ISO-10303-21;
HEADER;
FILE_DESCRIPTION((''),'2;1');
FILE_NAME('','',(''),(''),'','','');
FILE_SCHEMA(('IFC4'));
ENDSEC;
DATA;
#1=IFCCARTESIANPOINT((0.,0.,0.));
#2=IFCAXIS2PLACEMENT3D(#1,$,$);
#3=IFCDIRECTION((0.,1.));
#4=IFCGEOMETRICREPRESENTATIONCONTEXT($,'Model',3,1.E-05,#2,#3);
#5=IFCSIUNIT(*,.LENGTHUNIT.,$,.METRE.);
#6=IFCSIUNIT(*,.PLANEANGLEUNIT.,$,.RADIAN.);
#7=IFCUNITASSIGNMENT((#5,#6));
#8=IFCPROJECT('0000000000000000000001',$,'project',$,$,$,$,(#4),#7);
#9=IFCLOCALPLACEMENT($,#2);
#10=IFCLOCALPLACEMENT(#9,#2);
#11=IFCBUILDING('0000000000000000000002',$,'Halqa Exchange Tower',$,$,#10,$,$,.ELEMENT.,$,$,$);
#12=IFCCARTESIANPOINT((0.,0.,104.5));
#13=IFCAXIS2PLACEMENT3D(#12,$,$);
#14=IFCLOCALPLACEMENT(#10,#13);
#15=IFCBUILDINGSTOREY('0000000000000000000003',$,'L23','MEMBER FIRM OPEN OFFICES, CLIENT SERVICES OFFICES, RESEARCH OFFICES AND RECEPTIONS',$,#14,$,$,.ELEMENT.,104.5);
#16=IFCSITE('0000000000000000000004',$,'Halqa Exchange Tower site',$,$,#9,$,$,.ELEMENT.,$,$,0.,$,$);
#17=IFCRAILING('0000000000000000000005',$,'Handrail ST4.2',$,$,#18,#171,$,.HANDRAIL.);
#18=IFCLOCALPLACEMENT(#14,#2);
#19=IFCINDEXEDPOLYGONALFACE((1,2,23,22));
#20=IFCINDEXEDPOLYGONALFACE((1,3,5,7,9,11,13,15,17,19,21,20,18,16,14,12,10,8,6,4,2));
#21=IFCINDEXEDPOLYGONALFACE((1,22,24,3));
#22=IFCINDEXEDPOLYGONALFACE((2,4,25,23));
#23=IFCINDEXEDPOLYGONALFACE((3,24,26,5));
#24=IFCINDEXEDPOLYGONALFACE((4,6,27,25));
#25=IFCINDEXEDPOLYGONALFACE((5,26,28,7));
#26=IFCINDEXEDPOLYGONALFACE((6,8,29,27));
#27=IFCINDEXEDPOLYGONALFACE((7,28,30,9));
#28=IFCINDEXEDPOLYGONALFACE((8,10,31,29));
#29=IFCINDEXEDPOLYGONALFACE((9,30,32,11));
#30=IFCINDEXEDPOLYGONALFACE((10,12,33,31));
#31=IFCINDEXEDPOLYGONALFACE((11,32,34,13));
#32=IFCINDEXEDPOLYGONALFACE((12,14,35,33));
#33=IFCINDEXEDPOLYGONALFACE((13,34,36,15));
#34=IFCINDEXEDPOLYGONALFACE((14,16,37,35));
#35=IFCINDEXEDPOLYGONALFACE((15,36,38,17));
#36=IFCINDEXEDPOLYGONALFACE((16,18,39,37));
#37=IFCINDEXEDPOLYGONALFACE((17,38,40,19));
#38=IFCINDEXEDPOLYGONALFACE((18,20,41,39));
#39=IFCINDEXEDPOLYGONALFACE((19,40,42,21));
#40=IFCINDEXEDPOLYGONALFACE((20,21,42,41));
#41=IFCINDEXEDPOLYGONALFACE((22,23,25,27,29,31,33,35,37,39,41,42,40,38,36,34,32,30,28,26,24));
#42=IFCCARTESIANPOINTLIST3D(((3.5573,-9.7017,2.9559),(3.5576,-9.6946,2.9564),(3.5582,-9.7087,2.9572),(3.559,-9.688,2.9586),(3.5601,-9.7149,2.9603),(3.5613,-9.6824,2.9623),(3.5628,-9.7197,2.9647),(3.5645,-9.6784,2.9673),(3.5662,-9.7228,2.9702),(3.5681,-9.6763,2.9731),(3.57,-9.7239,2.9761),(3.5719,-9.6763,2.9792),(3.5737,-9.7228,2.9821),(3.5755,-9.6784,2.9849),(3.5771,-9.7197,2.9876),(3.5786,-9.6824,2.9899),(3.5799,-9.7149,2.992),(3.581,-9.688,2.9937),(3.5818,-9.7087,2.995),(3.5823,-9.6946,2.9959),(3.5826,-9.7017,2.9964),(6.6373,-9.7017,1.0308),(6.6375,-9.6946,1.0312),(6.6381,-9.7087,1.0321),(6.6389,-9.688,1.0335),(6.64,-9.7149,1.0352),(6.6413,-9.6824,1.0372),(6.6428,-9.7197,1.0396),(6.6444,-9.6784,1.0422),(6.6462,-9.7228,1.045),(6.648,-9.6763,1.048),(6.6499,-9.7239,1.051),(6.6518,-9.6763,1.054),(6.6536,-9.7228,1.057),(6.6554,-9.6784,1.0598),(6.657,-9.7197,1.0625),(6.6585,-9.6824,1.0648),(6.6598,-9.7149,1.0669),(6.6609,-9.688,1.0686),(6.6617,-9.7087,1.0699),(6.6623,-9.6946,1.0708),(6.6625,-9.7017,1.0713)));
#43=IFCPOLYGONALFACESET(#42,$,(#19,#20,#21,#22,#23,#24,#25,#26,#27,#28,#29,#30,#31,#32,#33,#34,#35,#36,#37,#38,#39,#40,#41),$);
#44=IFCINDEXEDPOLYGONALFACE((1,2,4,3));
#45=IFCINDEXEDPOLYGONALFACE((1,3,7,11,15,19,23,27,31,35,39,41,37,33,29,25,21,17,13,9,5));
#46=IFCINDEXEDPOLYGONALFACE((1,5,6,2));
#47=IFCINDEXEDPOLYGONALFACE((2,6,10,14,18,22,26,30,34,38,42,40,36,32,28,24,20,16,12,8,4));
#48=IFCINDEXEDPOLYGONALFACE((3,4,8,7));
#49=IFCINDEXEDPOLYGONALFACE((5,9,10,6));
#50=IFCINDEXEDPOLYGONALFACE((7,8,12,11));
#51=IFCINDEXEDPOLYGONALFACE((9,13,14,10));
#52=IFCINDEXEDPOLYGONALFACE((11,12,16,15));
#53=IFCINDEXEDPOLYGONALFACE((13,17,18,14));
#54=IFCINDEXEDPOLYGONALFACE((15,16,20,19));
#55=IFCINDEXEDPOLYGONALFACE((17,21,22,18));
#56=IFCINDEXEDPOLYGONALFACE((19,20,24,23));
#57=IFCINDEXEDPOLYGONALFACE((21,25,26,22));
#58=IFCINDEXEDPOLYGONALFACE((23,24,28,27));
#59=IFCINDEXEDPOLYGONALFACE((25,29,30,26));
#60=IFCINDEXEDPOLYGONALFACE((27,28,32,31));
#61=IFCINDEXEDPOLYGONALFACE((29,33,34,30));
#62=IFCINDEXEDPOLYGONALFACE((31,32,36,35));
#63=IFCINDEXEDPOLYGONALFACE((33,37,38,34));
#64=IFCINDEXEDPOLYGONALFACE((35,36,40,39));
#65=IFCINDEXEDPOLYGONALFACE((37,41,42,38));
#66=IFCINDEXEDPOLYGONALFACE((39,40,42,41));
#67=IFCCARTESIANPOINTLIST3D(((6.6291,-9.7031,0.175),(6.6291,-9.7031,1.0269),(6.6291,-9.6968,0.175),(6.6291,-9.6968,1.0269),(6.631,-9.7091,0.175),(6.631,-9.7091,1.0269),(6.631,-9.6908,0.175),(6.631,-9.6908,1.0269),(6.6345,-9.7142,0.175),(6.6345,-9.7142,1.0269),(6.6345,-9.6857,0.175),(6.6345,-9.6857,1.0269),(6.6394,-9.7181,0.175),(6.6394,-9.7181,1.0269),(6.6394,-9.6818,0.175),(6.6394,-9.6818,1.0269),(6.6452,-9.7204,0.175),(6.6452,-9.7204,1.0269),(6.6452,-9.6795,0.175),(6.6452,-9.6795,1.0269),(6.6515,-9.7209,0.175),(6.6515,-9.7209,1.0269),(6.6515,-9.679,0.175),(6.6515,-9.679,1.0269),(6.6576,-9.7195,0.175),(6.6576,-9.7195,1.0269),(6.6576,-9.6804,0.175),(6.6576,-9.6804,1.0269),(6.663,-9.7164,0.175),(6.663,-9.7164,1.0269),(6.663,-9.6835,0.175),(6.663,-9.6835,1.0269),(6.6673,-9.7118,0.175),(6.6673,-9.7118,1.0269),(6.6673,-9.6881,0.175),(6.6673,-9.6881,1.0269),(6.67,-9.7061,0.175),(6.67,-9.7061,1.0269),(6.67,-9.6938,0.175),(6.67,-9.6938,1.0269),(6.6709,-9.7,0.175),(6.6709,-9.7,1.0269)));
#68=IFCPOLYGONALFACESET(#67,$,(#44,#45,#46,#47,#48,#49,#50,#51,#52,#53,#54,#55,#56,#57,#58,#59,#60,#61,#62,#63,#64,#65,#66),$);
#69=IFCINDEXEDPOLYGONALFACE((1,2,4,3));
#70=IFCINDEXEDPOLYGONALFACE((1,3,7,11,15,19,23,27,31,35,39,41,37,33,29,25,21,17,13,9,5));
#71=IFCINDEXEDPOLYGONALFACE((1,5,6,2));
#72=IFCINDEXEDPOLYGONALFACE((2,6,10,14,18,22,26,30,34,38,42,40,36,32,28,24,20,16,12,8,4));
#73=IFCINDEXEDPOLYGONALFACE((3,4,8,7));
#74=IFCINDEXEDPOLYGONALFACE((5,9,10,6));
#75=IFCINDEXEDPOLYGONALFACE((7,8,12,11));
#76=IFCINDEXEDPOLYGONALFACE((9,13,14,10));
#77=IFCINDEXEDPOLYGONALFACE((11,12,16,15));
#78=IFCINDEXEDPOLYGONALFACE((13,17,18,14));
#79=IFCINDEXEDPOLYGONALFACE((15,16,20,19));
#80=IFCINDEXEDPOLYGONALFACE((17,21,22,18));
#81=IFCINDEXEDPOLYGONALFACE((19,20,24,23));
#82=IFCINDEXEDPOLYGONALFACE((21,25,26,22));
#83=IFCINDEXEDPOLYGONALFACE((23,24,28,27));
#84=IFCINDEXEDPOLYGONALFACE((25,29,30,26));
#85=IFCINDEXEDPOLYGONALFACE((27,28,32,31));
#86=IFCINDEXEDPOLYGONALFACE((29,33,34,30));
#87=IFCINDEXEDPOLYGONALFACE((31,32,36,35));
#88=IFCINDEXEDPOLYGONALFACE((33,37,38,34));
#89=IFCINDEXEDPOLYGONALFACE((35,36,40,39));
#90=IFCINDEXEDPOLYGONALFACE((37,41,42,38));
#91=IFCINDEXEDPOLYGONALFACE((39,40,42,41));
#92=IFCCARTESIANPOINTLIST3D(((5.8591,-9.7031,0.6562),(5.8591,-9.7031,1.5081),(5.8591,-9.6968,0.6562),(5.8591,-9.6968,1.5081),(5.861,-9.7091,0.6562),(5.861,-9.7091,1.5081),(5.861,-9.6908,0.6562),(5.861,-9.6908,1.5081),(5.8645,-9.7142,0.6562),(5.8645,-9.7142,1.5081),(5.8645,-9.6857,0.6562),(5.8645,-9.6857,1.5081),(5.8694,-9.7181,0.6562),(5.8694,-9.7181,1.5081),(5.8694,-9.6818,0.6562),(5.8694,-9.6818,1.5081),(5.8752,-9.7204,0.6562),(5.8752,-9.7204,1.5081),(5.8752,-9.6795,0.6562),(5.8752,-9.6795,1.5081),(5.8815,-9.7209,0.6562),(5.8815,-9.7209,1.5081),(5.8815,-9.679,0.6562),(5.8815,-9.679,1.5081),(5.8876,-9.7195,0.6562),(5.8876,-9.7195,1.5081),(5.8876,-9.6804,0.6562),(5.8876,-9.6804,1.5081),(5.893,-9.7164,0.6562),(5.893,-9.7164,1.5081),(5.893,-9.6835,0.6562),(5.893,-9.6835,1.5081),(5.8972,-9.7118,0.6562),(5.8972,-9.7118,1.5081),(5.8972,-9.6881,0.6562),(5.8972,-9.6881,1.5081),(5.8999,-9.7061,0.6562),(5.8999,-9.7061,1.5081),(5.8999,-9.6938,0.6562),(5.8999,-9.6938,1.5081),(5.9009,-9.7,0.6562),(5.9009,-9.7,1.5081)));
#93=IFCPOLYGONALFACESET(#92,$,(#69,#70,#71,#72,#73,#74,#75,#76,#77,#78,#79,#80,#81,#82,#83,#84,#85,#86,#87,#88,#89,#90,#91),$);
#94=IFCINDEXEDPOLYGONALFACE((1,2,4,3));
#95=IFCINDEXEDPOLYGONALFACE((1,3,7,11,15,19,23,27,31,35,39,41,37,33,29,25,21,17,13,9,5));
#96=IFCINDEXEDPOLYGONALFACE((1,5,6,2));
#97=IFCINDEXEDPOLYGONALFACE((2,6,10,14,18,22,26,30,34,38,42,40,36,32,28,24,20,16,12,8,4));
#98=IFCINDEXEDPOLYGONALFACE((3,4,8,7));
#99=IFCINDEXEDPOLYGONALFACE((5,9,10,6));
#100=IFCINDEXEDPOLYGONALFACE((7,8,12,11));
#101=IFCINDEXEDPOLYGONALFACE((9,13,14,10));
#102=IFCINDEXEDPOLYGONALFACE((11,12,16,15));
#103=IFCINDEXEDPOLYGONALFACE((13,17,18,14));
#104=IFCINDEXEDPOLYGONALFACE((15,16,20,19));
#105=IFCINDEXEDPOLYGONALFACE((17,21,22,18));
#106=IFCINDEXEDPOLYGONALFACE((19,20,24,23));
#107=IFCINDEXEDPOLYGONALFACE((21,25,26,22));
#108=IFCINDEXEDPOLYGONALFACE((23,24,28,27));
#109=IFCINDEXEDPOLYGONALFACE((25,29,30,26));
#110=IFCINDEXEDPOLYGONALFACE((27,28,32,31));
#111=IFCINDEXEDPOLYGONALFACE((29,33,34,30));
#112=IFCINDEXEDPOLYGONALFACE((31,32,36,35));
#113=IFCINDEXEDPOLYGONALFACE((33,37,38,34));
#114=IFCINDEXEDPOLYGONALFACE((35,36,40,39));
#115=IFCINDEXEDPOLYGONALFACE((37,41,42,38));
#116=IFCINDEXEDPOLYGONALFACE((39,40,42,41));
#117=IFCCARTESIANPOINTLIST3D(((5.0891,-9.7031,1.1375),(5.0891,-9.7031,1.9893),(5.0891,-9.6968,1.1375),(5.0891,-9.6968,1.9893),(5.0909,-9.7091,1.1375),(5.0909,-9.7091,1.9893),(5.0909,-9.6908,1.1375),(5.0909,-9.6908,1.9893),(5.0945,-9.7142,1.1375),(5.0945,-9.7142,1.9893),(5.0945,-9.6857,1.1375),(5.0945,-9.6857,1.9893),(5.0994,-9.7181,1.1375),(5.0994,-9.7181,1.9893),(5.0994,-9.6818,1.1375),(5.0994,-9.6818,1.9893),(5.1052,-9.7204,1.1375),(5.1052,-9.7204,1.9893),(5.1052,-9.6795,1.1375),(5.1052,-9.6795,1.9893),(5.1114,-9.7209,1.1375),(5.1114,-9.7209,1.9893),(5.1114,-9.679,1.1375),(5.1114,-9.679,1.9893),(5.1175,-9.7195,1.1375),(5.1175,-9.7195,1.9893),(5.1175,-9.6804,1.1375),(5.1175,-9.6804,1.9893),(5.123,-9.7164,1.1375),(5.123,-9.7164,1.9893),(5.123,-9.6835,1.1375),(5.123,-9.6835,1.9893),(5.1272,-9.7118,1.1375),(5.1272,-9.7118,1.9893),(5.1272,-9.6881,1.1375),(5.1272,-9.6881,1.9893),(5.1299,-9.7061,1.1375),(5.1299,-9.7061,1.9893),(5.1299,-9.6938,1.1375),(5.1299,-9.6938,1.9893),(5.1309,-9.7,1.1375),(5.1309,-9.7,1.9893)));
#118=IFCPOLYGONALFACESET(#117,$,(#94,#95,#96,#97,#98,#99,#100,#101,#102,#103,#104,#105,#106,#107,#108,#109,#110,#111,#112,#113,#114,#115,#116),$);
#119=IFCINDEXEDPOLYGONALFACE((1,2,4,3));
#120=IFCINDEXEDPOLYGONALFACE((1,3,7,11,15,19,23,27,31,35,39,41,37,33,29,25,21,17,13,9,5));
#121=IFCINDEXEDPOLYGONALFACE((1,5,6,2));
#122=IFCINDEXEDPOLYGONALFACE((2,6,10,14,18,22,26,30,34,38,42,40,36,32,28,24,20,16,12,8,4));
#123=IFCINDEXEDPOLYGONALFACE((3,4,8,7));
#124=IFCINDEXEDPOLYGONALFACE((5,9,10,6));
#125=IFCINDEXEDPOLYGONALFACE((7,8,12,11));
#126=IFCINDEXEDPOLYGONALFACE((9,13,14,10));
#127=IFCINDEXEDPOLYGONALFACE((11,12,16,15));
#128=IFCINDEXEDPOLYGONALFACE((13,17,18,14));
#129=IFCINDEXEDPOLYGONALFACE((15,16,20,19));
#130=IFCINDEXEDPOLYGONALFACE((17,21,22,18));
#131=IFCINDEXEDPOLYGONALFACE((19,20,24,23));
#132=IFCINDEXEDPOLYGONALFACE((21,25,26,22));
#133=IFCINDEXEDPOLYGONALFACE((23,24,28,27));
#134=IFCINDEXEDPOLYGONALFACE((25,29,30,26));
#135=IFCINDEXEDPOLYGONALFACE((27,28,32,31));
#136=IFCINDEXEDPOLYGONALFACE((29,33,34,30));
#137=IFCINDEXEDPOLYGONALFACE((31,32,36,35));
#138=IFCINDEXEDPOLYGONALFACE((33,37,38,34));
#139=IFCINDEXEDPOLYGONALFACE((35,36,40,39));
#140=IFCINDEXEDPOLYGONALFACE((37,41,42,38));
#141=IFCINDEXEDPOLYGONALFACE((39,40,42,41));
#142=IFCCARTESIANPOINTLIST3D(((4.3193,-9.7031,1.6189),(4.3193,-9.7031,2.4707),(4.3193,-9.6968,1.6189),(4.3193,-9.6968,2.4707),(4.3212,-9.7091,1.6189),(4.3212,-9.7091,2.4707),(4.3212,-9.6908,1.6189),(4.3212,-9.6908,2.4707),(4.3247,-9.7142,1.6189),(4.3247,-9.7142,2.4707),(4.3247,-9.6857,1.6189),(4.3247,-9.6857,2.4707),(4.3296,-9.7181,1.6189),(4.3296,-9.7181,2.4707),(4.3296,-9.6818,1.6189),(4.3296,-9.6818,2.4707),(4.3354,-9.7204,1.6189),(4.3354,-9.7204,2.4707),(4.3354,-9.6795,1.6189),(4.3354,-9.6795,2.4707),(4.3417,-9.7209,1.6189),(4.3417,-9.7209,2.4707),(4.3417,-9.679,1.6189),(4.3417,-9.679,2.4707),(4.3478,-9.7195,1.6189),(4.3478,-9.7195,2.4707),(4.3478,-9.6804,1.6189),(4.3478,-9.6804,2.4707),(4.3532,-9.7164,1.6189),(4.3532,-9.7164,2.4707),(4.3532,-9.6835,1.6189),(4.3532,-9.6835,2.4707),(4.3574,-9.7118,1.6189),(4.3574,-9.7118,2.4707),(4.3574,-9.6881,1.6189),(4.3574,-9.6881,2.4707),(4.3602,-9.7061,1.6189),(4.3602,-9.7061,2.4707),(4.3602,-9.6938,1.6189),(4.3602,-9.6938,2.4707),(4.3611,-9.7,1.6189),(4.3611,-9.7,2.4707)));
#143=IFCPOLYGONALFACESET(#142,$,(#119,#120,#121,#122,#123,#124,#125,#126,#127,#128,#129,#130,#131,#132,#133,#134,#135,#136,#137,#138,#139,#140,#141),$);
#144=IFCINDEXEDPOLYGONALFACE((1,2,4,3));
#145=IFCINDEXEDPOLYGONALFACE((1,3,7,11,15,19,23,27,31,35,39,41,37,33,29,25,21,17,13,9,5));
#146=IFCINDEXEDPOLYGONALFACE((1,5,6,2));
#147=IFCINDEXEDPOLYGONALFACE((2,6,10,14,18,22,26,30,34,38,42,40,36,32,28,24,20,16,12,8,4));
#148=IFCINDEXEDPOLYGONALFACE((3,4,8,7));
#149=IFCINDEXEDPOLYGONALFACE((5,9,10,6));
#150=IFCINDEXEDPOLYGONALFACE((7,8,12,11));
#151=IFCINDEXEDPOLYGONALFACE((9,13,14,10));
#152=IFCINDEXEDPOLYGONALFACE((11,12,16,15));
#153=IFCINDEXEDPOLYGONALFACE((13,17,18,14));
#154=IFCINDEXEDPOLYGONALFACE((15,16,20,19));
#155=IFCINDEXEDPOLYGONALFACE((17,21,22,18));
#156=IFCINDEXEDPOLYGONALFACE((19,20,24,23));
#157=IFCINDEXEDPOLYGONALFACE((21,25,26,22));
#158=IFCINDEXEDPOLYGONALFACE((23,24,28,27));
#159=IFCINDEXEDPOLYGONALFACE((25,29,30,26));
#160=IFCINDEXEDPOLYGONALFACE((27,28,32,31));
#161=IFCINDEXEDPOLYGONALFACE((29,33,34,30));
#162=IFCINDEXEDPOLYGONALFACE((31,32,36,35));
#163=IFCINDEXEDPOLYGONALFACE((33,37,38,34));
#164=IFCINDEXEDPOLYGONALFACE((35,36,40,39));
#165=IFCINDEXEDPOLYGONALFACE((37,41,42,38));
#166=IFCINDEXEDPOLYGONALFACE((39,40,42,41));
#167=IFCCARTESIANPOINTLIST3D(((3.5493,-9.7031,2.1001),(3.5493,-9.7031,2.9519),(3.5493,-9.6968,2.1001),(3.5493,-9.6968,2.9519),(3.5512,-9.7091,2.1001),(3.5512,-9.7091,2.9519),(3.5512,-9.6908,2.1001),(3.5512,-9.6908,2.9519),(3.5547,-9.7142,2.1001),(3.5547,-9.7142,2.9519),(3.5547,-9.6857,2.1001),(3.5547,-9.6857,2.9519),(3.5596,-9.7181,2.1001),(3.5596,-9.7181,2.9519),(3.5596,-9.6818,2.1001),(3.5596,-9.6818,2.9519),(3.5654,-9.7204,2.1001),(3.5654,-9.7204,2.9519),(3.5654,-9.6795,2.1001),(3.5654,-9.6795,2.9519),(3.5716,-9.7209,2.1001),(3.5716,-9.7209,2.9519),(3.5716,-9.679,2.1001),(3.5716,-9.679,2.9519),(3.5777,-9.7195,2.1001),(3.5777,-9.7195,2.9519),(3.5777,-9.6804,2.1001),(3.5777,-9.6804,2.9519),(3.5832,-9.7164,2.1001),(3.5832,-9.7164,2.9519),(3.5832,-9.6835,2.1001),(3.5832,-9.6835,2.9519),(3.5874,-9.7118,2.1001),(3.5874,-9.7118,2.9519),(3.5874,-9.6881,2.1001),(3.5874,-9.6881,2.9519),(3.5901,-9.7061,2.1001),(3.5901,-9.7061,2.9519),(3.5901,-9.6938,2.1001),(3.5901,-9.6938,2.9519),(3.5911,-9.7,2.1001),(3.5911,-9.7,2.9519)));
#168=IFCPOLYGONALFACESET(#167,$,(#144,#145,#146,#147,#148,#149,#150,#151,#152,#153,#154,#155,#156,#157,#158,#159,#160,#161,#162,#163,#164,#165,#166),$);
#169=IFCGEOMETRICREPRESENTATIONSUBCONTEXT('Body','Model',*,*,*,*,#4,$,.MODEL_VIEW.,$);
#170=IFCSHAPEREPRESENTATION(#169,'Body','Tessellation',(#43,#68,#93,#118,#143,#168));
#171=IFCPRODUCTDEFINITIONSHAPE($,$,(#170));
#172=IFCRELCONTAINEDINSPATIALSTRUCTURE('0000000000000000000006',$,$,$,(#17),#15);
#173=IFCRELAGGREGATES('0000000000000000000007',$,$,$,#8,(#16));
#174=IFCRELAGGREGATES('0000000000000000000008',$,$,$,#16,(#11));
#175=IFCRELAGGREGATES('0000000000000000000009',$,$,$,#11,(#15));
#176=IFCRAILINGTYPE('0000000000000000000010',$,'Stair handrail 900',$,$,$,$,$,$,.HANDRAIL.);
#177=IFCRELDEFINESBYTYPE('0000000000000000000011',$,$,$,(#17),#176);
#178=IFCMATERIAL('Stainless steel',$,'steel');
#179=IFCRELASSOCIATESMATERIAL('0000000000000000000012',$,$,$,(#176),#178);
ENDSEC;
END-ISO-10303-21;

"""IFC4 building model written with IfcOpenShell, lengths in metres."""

from ifc_helpers import new_model, si_unit, direction, frame, origin, origin_2d, place, context, subcontext, project, spatial, circle, extrude, material, type_object, element, save


model = new_model("IFC4")

# Units and contexts
model_context = context("Model", 3, precision=1e-05, world=origin(), true_north=direction((0.0, 1.0)))
body_context = subcontext(model_context, "Body", "Model", "MODEL_VIEW")
ifc_project = project(units=[si_unit("LENGTHUNIT", "METRE"), si_unit("PLANEANGLEUNIT", "RADIAN")], contexts=[model_context])

# Site, building, storey
site_placement = place(None, origin())
site = spatial("IfcSite", under=ifc_project, at=site_placement, Name="Halqa Exchange Tower site", CompositionType="ELEMENT", RefElevation=0.0)
building_placement = place(site_placement, origin())
building = spatial("IfcBuilding", under=site, at=building_placement, Name="Halqa Exchange Tower", CompositionType="ELEMENT")
storey_placement = place(building_placement, frame((0.0, 0.0, 104.5)))
storey = spatial("IfcBuildingStorey", under=building, at=storey_placement, Name="L23", Description="MEMBER FIRM OPEN OFFICES, CLIENT SERVICES OFFICES, RESEARCH OFFICES AND RECEPTIONS", CompositionType="ELEMENT", Elevation=104.5)

# Railing
ifc_material_1 = material(Name="Stainless steel", Category="steel")
railing_type_1 = type_object("IfcRailingType", Name="Stair handrail 900", PredefinedType="HANDRAIL", material=ifc_material_1)
railing_1_placement = place(storey_placement, frame((6.6499, -9.7, 0.175)))
element("IfcRailing", 1, at=railing_1_placement, inside=storey, type_object=railing_type_1, Name="Handrail ST4.2", PredefinedType="HANDRAIL", context=body_context, shape_type="SweptSolid", body=[
    extrude(circle(Radius=0.0239, at=origin_2d()), frame((0.0, 0.0, 0.876), z_axis=(-0.847979, 0.0, 0.530029), x_axis=(0.0, -1.0, 0.0)), (0.0, 0.0, 1.0), 3.6321),
    extrude(circle(Radius=0.021, at=origin_2d()), origin(), (0.0, 0.0, 1.0), 0.8518),
    extrude(circle(Radius=0.021, at=origin_2d()), frame((-0.77, 0.0, 0.4812)), (0.0, 0.0, 1.0), 0.8518),
    extrude(circle(Radius=0.021, at=origin_2d()), frame((-1.54, 0.0, 0.9624)), (0.0, 0.0, 1.0), 0.8518),
    extrude(circle(Radius=0.021, at=origin_2d()), frame((-2.3098, 0.0, 1.4438)), (0.0, 0.0, 1.0), 0.8518),
    extrude(circle(Radius=0.021, at=origin_2d()), frame((-3.0798, 0.0, 1.925)), (0.0, 0.0, 1.0), 0.8518),
])

save(model, "model.ifc")
